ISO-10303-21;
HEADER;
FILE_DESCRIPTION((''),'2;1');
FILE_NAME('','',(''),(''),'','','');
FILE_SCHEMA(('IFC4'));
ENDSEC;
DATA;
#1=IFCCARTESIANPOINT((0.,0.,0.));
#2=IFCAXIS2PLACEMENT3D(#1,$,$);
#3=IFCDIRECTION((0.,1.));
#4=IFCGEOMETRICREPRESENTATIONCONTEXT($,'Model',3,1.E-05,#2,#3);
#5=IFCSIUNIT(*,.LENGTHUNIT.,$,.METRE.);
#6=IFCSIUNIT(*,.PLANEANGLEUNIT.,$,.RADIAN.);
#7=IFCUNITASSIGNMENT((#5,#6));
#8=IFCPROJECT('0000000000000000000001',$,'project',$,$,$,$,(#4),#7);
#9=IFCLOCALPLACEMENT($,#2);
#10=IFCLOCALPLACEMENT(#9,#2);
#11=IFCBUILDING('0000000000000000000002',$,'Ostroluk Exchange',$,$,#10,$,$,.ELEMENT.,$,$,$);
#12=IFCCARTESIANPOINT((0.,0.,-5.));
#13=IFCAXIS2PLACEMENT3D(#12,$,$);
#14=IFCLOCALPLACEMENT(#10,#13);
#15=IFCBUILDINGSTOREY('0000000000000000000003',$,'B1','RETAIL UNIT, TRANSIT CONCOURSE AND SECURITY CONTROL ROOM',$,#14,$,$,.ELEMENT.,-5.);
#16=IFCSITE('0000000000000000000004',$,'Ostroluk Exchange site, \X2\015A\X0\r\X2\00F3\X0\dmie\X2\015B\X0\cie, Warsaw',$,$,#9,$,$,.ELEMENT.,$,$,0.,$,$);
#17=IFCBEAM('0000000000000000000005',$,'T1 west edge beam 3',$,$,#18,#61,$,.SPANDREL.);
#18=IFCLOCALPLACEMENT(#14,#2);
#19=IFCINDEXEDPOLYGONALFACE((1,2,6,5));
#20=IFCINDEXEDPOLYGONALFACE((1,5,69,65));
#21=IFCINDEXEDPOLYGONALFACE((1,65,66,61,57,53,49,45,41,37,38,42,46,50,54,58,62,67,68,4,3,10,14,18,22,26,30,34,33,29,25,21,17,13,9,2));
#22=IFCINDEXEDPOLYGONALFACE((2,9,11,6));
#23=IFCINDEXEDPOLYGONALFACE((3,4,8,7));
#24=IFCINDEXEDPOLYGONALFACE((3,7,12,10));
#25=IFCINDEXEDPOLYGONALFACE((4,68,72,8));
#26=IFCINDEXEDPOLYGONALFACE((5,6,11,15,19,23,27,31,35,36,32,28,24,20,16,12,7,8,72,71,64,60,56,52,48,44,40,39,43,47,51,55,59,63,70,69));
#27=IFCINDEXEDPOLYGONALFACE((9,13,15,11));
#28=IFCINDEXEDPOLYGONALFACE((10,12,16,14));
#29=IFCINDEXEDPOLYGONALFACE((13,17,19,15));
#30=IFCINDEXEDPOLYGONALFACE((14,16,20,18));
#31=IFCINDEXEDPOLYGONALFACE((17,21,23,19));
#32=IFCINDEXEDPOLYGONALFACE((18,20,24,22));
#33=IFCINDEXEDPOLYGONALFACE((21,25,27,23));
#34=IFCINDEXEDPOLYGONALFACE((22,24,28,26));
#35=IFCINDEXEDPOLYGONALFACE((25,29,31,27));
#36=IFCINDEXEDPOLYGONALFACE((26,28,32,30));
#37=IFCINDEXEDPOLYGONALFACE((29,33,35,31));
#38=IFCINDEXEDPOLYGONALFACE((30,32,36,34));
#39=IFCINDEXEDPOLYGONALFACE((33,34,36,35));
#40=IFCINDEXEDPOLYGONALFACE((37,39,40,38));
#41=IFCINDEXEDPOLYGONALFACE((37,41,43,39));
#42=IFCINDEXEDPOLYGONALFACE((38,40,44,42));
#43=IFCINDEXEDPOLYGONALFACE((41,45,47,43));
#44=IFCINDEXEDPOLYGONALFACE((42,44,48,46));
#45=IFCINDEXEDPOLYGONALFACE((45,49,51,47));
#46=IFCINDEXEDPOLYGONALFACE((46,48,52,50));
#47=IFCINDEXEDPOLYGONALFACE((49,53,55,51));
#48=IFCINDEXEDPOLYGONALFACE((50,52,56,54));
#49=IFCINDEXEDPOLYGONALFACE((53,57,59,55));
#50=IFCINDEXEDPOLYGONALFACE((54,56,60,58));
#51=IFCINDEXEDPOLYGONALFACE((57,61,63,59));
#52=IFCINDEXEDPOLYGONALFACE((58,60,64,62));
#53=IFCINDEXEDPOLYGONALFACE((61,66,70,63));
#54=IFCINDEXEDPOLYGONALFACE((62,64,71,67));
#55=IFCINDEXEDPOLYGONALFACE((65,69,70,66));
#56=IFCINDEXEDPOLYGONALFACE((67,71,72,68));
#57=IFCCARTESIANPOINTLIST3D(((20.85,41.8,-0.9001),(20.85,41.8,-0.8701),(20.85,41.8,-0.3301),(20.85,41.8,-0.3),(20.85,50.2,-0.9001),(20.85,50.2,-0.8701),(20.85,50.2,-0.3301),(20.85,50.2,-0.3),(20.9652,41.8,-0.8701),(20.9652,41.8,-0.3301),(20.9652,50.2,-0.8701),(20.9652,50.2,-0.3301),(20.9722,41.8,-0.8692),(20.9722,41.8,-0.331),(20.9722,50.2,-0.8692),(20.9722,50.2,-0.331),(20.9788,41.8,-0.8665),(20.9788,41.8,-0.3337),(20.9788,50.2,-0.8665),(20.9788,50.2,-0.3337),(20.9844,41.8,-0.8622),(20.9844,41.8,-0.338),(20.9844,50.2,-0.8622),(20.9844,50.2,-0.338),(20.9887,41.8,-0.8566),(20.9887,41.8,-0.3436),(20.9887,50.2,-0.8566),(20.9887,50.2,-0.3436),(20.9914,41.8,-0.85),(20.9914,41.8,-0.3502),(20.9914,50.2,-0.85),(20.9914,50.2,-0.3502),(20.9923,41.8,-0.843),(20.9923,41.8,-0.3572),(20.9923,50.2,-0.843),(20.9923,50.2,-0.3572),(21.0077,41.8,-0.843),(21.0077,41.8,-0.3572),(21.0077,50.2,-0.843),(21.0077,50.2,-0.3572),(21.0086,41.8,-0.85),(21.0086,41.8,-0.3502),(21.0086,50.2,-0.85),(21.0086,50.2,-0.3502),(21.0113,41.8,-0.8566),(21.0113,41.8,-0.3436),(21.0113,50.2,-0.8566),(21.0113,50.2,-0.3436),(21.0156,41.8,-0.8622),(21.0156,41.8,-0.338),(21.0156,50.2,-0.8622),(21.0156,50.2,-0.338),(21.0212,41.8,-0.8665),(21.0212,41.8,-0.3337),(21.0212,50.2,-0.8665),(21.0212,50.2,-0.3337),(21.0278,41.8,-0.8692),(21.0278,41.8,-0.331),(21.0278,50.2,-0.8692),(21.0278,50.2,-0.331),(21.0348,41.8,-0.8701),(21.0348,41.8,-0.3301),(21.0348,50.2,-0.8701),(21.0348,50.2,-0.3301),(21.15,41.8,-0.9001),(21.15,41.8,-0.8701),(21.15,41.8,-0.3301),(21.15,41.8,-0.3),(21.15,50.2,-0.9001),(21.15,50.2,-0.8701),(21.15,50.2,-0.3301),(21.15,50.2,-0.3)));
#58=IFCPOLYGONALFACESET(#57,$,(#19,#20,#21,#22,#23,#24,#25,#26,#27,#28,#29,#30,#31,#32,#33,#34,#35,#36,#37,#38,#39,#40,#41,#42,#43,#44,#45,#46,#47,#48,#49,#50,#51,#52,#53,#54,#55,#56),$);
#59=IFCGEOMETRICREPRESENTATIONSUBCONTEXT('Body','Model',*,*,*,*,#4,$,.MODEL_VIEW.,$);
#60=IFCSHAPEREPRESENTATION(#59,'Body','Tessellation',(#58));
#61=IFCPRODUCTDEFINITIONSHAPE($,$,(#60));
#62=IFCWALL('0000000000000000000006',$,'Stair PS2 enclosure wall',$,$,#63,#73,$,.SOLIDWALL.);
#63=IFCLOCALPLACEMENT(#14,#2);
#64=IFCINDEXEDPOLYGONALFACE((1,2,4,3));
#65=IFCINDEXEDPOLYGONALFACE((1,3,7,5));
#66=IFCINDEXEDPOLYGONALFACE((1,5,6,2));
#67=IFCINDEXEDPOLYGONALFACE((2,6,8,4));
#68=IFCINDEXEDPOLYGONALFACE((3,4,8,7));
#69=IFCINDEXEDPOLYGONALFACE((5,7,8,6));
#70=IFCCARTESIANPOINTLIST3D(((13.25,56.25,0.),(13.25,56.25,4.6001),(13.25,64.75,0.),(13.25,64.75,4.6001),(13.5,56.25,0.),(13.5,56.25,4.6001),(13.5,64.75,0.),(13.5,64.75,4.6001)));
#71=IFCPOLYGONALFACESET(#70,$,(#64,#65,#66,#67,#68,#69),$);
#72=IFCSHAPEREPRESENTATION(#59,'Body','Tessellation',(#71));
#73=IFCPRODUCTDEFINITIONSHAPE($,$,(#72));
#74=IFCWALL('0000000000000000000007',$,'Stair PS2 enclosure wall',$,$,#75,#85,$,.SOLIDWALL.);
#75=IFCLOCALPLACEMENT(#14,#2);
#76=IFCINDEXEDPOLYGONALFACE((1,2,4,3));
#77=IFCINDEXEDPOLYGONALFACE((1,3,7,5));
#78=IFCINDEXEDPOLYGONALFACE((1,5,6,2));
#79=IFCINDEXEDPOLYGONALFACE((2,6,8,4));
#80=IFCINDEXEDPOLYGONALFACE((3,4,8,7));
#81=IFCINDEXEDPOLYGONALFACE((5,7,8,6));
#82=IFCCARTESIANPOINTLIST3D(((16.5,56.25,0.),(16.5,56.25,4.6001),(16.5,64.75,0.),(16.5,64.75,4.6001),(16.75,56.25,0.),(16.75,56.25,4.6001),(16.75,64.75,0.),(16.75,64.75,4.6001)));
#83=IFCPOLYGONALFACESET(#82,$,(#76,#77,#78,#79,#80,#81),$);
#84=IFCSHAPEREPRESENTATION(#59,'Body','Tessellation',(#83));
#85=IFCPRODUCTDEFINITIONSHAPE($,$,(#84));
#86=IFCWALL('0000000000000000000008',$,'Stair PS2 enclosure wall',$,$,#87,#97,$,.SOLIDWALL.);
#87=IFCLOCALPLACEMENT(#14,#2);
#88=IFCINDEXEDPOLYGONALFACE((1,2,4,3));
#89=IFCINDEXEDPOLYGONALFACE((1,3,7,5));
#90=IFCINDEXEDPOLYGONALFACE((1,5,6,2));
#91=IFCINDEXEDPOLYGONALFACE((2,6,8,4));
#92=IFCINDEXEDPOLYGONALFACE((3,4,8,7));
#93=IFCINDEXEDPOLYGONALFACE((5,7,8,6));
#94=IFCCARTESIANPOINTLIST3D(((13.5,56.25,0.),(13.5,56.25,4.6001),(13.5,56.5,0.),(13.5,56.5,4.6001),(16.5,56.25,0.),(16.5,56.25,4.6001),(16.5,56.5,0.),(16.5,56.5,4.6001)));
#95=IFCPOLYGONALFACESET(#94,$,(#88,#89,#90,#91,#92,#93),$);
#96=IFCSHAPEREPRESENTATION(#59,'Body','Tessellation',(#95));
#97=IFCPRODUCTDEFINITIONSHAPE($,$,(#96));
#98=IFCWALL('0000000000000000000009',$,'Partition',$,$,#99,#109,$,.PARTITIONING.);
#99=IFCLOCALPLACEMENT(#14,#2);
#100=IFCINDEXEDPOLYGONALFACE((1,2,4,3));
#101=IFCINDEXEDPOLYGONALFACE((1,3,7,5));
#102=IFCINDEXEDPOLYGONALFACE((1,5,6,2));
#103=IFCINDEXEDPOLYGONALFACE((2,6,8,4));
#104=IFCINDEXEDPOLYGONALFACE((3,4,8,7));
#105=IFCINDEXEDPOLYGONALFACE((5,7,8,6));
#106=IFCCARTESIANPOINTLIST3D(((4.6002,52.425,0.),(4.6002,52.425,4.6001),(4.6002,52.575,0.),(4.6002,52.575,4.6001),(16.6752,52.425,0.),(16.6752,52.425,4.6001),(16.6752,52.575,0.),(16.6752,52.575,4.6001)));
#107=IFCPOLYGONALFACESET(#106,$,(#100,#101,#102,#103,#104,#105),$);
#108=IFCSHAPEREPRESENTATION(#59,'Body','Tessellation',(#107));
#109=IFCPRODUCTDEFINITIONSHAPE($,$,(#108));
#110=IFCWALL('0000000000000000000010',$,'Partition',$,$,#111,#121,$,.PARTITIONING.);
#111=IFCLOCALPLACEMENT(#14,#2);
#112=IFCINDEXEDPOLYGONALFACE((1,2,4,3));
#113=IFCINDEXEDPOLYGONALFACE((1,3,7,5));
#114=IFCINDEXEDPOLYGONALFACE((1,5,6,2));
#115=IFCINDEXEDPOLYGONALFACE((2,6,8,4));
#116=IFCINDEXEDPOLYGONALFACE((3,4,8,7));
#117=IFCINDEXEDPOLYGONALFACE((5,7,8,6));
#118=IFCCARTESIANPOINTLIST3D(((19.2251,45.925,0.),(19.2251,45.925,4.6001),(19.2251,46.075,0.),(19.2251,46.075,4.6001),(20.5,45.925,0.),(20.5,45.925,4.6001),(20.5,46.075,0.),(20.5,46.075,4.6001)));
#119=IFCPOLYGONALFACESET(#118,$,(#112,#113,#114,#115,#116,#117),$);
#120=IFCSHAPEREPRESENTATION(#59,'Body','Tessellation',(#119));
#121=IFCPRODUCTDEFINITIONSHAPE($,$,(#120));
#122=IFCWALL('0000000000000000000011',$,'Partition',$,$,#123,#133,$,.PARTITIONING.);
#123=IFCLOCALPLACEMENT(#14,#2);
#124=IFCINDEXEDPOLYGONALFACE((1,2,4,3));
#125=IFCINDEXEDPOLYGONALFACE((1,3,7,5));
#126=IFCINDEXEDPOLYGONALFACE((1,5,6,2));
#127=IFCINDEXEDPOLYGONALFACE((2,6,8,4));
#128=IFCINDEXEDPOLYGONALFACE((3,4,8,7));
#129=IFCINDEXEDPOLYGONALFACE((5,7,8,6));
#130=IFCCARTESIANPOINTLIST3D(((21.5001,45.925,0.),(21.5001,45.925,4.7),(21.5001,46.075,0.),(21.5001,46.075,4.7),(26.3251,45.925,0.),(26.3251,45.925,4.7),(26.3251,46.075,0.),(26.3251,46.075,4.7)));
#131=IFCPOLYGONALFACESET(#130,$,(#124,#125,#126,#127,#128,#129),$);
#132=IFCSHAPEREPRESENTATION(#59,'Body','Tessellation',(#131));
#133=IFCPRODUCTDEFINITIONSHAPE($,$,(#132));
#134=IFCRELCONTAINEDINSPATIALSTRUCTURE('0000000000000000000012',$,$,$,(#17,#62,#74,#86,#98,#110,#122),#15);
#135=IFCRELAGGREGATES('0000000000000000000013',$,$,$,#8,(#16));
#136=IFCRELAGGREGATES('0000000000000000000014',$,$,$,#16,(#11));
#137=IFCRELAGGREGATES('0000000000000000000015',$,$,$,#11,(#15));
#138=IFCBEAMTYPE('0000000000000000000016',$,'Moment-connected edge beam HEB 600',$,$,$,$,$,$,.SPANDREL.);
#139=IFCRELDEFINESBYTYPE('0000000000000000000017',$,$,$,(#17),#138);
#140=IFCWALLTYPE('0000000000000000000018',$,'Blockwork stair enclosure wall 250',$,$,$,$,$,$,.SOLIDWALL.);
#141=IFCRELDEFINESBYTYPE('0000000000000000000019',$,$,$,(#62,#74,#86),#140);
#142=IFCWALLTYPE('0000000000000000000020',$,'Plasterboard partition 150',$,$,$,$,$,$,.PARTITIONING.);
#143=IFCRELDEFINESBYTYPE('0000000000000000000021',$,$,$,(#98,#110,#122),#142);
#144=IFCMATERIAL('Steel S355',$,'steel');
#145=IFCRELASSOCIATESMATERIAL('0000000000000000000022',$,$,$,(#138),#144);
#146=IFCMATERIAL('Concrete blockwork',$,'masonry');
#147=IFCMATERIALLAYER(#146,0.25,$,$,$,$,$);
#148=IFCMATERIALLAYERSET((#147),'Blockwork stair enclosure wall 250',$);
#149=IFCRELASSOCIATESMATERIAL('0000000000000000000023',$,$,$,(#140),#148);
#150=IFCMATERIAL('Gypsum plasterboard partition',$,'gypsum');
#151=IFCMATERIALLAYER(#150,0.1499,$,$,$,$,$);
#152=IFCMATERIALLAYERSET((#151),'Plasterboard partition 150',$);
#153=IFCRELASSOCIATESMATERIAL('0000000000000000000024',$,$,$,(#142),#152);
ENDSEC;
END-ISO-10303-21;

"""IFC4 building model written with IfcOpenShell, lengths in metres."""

from ifc_helpers import new_model, si_unit, direction, frame, frame_2d, origin, origin_2d, place, context, subcontext, project, spatial, rectangle, i_section, extrude, material, layer, layer_set, material_profile, profile_set, type_object, element, save


model = new_model("IFC4")

# Units and contexts
model_context = context("Model", 3, precision=1e-05, world=origin(), true_north=direction((0.0, 1.0)))
body_context = subcontext(model_context, "Body", "Model", "MODEL_VIEW")
ifc_project = project(units=[si_unit("LENGTHUNIT", "METRE"), si_unit("PLANEANGLEUNIT", "RADIAN")], contexts=[model_context])

# Site, building, storey
site_placement = place(None, origin())
site = spatial("IfcSite", under=ifc_project, at=site_placement, Name="Ostroluk Exchange site, Śródmieście, Warsaw", CompositionType="ELEMENT", RefElevation=0.0)
building_placement = place(site_placement, origin())
building = spatial("IfcBuilding", under=site, at=building_placement, Name="Ostroluk Exchange", CompositionType="ELEMENT")
storey_placement = place(building_placement, frame((0.0, 0.0, -5.0)))
storey = spatial("IfcBuildingStorey", under=building, at=storey_placement, Name="B1", Description="RETAIL UNIT, TRANSIT CONCOURSE AND SECURITY CONTROL ROOM", CompositionType="ELEMENT", Elevation=-5.0)

# Beam
ifc_material_1 = material(Name="Steel S355", Category="steel")
ifc_material_profile_1 = material_profile(ifc_material_1, i_section(OverallWidth=0.3, OverallDepth=0.6001, WebThickness=0.0154, FlangeThickness=0.03, FilletRadius=0.0271, at=origin_2d()), Name="HEB 600")
ifc_profile_set_1 = profile_set([ifc_material_profile_1], Name="Steel S355")
beam_type_1 = type_object("IfcBeamType", Name="Moment-connected edge beam HEB 600", PredefinedType="SPANDREL", material=ifc_profile_set_1)
beam_1_placement = place(storey_placement, frame((21.0, 50.2, -0.6001), z_axis=(0.0, -1.0, 0.0), x_axis=(1.0, 0.0, 0.0)))
element("IfcBeam", 1, at=beam_1_placement, inside=storey, type_object=beam_type_1, Name="T1 west edge beam 3", PredefinedType="SPANDREL", context=body_context, shape_type="SweptSolid", body=[
    extrude(i_section(OverallWidth=0.3, OverallDepth=0.6001, WebThickness=0.0154, FlangeThickness=0.03, FilletRadius=0.0271, at=origin_2d()), origin(), (0.0, 0.0, 1.0), 8.3999),
])

# Walls
ifc_material_2 = material(Name="Concrete blockwork", Category="masonry")
ifc_layer_1 = layer(ifc_material_2, 0.25)
ifc_layer_set_1 = layer_set([ifc_layer_1], Name="Blockwork stair enclosure wall 250")
wall_type_1 = type_object("IfcWallType", Name="Blockwork stair enclosure wall 250", PredefinedType="SOLIDWALL", material=ifc_layer_set_1)
for number, where, z_axis, x_axis, name in (
    (2, (13.375, 56.25, 0.0), (0.0, 0.0, 1.0), (0.0, 1.0, 0.0), "Stair PS2 enclosure wall"),
    (3, (16.625, 56.25, 0.0), (0.0, 0.0, 1.0), (0.0, 1.0, 0.0), "Stair PS2 enclosure wall"),
):
    element("IfcWall", number, at=place(storey_placement, frame(where, z_axis=z_axis, x_axis=x_axis)), inside=storey, type_object=wall_type_1, Name=name, PredefinedType="SOLIDWALL", context=body_context, shape_type="SweptSolid", body=[
        extrude(rectangle(XDim=8.5, YDim=0.25, at=frame_2d((4.25, 0.0))), origin(), (0.0, 0.0, 1.0), 4.6001),
    ])
wall_1_placement = place(storey_placement, frame((13.5, 56.375, 0.0), z_axis=(0.0, 0.0, 1.0), x_axis=(1.0, 0.0, 0.0)))
element("IfcWall", 4, at=wall_1_placement, inside=storey, type_object=wall_type_1, Name="Stair PS2 enclosure wall", PredefinedType="SOLIDWALL", context=body_context, shape_type="SweptSolid", body=[
    extrude(rectangle(XDim=3.0, YDim=0.25, at=frame_2d((1.5, 0.0))), origin(), (0.0, 0.0, 1.0), 4.6001),
])
ifc_material_3 = material(Name="Gypsum plasterboard partition", Category="gypsum")
ifc_layer_2 = layer(ifc_material_3, 0.1499)
ifc_layer_set_2 = layer_set([ifc_layer_2], Name="Plasterboard partition 150")
wall_type_2 = type_object("IfcWallType", Name="Plasterboard partition 150", PredefinedType="PARTITIONING", material=ifc_layer_set_2)
wall_2_placement = place(storey_placement, frame((4.6001, 52.5, 0.0), z_axis=(0.0, 0.0, 1.0), x_axis=(1.0, 0.0, 0.0)))
element("IfcWall", 5, at=wall_2_placement, inside=storey, type_object=wall_type_2, Name="Partition", PredefinedType="PARTITIONING", context=body_context, shape_type="SweptSolid", body=[
    extrude(rectangle(XDim=12.075, YDim=0.1499, at=frame_2d((6.0376, 0.0))), origin(), (0.0, 0.0, 1.0), 4.6001),
])
wall_3_placement = place(storey_placement, frame((19.2251, 46.0, 0.0), z_axis=(0.0, 0.0, 1.0), x_axis=(1.0, 0.0, 0.0)))
element("IfcWall", 6, at=wall_3_placement, inside=storey, type_object=wall_type_2, Name="Partition", PredefinedType="PARTITIONING", context=body_context, shape_type="SweptSolid", body=[
    extrude(rectangle(XDim=1.2749, YDim=0.1499, at=frame_2d((0.6375, 0.0))), origin(), (0.0, 0.0, 1.0), 4.6001),
])
wall_4_placement = place(storey_placement, frame((21.5, 46.0, 0.0), z_axis=(0.0, 0.0, 1.0), x_axis=(1.0, 0.0, 0.0)))
element("IfcWall", 7, at=wall_4_placement, inside=storey, type_object=wall_type_2, Name="Partition", PredefinedType="PARTITIONING", context=body_context, shape_type="SweptSolid", body=[
    extrude(rectangle(XDim=4.825, YDim=0.1499, at=frame_2d((2.4126, 0.0))), origin(), (0.0, 0.0, 1.0), 4.7),
])

save(model, "model.ifc")
